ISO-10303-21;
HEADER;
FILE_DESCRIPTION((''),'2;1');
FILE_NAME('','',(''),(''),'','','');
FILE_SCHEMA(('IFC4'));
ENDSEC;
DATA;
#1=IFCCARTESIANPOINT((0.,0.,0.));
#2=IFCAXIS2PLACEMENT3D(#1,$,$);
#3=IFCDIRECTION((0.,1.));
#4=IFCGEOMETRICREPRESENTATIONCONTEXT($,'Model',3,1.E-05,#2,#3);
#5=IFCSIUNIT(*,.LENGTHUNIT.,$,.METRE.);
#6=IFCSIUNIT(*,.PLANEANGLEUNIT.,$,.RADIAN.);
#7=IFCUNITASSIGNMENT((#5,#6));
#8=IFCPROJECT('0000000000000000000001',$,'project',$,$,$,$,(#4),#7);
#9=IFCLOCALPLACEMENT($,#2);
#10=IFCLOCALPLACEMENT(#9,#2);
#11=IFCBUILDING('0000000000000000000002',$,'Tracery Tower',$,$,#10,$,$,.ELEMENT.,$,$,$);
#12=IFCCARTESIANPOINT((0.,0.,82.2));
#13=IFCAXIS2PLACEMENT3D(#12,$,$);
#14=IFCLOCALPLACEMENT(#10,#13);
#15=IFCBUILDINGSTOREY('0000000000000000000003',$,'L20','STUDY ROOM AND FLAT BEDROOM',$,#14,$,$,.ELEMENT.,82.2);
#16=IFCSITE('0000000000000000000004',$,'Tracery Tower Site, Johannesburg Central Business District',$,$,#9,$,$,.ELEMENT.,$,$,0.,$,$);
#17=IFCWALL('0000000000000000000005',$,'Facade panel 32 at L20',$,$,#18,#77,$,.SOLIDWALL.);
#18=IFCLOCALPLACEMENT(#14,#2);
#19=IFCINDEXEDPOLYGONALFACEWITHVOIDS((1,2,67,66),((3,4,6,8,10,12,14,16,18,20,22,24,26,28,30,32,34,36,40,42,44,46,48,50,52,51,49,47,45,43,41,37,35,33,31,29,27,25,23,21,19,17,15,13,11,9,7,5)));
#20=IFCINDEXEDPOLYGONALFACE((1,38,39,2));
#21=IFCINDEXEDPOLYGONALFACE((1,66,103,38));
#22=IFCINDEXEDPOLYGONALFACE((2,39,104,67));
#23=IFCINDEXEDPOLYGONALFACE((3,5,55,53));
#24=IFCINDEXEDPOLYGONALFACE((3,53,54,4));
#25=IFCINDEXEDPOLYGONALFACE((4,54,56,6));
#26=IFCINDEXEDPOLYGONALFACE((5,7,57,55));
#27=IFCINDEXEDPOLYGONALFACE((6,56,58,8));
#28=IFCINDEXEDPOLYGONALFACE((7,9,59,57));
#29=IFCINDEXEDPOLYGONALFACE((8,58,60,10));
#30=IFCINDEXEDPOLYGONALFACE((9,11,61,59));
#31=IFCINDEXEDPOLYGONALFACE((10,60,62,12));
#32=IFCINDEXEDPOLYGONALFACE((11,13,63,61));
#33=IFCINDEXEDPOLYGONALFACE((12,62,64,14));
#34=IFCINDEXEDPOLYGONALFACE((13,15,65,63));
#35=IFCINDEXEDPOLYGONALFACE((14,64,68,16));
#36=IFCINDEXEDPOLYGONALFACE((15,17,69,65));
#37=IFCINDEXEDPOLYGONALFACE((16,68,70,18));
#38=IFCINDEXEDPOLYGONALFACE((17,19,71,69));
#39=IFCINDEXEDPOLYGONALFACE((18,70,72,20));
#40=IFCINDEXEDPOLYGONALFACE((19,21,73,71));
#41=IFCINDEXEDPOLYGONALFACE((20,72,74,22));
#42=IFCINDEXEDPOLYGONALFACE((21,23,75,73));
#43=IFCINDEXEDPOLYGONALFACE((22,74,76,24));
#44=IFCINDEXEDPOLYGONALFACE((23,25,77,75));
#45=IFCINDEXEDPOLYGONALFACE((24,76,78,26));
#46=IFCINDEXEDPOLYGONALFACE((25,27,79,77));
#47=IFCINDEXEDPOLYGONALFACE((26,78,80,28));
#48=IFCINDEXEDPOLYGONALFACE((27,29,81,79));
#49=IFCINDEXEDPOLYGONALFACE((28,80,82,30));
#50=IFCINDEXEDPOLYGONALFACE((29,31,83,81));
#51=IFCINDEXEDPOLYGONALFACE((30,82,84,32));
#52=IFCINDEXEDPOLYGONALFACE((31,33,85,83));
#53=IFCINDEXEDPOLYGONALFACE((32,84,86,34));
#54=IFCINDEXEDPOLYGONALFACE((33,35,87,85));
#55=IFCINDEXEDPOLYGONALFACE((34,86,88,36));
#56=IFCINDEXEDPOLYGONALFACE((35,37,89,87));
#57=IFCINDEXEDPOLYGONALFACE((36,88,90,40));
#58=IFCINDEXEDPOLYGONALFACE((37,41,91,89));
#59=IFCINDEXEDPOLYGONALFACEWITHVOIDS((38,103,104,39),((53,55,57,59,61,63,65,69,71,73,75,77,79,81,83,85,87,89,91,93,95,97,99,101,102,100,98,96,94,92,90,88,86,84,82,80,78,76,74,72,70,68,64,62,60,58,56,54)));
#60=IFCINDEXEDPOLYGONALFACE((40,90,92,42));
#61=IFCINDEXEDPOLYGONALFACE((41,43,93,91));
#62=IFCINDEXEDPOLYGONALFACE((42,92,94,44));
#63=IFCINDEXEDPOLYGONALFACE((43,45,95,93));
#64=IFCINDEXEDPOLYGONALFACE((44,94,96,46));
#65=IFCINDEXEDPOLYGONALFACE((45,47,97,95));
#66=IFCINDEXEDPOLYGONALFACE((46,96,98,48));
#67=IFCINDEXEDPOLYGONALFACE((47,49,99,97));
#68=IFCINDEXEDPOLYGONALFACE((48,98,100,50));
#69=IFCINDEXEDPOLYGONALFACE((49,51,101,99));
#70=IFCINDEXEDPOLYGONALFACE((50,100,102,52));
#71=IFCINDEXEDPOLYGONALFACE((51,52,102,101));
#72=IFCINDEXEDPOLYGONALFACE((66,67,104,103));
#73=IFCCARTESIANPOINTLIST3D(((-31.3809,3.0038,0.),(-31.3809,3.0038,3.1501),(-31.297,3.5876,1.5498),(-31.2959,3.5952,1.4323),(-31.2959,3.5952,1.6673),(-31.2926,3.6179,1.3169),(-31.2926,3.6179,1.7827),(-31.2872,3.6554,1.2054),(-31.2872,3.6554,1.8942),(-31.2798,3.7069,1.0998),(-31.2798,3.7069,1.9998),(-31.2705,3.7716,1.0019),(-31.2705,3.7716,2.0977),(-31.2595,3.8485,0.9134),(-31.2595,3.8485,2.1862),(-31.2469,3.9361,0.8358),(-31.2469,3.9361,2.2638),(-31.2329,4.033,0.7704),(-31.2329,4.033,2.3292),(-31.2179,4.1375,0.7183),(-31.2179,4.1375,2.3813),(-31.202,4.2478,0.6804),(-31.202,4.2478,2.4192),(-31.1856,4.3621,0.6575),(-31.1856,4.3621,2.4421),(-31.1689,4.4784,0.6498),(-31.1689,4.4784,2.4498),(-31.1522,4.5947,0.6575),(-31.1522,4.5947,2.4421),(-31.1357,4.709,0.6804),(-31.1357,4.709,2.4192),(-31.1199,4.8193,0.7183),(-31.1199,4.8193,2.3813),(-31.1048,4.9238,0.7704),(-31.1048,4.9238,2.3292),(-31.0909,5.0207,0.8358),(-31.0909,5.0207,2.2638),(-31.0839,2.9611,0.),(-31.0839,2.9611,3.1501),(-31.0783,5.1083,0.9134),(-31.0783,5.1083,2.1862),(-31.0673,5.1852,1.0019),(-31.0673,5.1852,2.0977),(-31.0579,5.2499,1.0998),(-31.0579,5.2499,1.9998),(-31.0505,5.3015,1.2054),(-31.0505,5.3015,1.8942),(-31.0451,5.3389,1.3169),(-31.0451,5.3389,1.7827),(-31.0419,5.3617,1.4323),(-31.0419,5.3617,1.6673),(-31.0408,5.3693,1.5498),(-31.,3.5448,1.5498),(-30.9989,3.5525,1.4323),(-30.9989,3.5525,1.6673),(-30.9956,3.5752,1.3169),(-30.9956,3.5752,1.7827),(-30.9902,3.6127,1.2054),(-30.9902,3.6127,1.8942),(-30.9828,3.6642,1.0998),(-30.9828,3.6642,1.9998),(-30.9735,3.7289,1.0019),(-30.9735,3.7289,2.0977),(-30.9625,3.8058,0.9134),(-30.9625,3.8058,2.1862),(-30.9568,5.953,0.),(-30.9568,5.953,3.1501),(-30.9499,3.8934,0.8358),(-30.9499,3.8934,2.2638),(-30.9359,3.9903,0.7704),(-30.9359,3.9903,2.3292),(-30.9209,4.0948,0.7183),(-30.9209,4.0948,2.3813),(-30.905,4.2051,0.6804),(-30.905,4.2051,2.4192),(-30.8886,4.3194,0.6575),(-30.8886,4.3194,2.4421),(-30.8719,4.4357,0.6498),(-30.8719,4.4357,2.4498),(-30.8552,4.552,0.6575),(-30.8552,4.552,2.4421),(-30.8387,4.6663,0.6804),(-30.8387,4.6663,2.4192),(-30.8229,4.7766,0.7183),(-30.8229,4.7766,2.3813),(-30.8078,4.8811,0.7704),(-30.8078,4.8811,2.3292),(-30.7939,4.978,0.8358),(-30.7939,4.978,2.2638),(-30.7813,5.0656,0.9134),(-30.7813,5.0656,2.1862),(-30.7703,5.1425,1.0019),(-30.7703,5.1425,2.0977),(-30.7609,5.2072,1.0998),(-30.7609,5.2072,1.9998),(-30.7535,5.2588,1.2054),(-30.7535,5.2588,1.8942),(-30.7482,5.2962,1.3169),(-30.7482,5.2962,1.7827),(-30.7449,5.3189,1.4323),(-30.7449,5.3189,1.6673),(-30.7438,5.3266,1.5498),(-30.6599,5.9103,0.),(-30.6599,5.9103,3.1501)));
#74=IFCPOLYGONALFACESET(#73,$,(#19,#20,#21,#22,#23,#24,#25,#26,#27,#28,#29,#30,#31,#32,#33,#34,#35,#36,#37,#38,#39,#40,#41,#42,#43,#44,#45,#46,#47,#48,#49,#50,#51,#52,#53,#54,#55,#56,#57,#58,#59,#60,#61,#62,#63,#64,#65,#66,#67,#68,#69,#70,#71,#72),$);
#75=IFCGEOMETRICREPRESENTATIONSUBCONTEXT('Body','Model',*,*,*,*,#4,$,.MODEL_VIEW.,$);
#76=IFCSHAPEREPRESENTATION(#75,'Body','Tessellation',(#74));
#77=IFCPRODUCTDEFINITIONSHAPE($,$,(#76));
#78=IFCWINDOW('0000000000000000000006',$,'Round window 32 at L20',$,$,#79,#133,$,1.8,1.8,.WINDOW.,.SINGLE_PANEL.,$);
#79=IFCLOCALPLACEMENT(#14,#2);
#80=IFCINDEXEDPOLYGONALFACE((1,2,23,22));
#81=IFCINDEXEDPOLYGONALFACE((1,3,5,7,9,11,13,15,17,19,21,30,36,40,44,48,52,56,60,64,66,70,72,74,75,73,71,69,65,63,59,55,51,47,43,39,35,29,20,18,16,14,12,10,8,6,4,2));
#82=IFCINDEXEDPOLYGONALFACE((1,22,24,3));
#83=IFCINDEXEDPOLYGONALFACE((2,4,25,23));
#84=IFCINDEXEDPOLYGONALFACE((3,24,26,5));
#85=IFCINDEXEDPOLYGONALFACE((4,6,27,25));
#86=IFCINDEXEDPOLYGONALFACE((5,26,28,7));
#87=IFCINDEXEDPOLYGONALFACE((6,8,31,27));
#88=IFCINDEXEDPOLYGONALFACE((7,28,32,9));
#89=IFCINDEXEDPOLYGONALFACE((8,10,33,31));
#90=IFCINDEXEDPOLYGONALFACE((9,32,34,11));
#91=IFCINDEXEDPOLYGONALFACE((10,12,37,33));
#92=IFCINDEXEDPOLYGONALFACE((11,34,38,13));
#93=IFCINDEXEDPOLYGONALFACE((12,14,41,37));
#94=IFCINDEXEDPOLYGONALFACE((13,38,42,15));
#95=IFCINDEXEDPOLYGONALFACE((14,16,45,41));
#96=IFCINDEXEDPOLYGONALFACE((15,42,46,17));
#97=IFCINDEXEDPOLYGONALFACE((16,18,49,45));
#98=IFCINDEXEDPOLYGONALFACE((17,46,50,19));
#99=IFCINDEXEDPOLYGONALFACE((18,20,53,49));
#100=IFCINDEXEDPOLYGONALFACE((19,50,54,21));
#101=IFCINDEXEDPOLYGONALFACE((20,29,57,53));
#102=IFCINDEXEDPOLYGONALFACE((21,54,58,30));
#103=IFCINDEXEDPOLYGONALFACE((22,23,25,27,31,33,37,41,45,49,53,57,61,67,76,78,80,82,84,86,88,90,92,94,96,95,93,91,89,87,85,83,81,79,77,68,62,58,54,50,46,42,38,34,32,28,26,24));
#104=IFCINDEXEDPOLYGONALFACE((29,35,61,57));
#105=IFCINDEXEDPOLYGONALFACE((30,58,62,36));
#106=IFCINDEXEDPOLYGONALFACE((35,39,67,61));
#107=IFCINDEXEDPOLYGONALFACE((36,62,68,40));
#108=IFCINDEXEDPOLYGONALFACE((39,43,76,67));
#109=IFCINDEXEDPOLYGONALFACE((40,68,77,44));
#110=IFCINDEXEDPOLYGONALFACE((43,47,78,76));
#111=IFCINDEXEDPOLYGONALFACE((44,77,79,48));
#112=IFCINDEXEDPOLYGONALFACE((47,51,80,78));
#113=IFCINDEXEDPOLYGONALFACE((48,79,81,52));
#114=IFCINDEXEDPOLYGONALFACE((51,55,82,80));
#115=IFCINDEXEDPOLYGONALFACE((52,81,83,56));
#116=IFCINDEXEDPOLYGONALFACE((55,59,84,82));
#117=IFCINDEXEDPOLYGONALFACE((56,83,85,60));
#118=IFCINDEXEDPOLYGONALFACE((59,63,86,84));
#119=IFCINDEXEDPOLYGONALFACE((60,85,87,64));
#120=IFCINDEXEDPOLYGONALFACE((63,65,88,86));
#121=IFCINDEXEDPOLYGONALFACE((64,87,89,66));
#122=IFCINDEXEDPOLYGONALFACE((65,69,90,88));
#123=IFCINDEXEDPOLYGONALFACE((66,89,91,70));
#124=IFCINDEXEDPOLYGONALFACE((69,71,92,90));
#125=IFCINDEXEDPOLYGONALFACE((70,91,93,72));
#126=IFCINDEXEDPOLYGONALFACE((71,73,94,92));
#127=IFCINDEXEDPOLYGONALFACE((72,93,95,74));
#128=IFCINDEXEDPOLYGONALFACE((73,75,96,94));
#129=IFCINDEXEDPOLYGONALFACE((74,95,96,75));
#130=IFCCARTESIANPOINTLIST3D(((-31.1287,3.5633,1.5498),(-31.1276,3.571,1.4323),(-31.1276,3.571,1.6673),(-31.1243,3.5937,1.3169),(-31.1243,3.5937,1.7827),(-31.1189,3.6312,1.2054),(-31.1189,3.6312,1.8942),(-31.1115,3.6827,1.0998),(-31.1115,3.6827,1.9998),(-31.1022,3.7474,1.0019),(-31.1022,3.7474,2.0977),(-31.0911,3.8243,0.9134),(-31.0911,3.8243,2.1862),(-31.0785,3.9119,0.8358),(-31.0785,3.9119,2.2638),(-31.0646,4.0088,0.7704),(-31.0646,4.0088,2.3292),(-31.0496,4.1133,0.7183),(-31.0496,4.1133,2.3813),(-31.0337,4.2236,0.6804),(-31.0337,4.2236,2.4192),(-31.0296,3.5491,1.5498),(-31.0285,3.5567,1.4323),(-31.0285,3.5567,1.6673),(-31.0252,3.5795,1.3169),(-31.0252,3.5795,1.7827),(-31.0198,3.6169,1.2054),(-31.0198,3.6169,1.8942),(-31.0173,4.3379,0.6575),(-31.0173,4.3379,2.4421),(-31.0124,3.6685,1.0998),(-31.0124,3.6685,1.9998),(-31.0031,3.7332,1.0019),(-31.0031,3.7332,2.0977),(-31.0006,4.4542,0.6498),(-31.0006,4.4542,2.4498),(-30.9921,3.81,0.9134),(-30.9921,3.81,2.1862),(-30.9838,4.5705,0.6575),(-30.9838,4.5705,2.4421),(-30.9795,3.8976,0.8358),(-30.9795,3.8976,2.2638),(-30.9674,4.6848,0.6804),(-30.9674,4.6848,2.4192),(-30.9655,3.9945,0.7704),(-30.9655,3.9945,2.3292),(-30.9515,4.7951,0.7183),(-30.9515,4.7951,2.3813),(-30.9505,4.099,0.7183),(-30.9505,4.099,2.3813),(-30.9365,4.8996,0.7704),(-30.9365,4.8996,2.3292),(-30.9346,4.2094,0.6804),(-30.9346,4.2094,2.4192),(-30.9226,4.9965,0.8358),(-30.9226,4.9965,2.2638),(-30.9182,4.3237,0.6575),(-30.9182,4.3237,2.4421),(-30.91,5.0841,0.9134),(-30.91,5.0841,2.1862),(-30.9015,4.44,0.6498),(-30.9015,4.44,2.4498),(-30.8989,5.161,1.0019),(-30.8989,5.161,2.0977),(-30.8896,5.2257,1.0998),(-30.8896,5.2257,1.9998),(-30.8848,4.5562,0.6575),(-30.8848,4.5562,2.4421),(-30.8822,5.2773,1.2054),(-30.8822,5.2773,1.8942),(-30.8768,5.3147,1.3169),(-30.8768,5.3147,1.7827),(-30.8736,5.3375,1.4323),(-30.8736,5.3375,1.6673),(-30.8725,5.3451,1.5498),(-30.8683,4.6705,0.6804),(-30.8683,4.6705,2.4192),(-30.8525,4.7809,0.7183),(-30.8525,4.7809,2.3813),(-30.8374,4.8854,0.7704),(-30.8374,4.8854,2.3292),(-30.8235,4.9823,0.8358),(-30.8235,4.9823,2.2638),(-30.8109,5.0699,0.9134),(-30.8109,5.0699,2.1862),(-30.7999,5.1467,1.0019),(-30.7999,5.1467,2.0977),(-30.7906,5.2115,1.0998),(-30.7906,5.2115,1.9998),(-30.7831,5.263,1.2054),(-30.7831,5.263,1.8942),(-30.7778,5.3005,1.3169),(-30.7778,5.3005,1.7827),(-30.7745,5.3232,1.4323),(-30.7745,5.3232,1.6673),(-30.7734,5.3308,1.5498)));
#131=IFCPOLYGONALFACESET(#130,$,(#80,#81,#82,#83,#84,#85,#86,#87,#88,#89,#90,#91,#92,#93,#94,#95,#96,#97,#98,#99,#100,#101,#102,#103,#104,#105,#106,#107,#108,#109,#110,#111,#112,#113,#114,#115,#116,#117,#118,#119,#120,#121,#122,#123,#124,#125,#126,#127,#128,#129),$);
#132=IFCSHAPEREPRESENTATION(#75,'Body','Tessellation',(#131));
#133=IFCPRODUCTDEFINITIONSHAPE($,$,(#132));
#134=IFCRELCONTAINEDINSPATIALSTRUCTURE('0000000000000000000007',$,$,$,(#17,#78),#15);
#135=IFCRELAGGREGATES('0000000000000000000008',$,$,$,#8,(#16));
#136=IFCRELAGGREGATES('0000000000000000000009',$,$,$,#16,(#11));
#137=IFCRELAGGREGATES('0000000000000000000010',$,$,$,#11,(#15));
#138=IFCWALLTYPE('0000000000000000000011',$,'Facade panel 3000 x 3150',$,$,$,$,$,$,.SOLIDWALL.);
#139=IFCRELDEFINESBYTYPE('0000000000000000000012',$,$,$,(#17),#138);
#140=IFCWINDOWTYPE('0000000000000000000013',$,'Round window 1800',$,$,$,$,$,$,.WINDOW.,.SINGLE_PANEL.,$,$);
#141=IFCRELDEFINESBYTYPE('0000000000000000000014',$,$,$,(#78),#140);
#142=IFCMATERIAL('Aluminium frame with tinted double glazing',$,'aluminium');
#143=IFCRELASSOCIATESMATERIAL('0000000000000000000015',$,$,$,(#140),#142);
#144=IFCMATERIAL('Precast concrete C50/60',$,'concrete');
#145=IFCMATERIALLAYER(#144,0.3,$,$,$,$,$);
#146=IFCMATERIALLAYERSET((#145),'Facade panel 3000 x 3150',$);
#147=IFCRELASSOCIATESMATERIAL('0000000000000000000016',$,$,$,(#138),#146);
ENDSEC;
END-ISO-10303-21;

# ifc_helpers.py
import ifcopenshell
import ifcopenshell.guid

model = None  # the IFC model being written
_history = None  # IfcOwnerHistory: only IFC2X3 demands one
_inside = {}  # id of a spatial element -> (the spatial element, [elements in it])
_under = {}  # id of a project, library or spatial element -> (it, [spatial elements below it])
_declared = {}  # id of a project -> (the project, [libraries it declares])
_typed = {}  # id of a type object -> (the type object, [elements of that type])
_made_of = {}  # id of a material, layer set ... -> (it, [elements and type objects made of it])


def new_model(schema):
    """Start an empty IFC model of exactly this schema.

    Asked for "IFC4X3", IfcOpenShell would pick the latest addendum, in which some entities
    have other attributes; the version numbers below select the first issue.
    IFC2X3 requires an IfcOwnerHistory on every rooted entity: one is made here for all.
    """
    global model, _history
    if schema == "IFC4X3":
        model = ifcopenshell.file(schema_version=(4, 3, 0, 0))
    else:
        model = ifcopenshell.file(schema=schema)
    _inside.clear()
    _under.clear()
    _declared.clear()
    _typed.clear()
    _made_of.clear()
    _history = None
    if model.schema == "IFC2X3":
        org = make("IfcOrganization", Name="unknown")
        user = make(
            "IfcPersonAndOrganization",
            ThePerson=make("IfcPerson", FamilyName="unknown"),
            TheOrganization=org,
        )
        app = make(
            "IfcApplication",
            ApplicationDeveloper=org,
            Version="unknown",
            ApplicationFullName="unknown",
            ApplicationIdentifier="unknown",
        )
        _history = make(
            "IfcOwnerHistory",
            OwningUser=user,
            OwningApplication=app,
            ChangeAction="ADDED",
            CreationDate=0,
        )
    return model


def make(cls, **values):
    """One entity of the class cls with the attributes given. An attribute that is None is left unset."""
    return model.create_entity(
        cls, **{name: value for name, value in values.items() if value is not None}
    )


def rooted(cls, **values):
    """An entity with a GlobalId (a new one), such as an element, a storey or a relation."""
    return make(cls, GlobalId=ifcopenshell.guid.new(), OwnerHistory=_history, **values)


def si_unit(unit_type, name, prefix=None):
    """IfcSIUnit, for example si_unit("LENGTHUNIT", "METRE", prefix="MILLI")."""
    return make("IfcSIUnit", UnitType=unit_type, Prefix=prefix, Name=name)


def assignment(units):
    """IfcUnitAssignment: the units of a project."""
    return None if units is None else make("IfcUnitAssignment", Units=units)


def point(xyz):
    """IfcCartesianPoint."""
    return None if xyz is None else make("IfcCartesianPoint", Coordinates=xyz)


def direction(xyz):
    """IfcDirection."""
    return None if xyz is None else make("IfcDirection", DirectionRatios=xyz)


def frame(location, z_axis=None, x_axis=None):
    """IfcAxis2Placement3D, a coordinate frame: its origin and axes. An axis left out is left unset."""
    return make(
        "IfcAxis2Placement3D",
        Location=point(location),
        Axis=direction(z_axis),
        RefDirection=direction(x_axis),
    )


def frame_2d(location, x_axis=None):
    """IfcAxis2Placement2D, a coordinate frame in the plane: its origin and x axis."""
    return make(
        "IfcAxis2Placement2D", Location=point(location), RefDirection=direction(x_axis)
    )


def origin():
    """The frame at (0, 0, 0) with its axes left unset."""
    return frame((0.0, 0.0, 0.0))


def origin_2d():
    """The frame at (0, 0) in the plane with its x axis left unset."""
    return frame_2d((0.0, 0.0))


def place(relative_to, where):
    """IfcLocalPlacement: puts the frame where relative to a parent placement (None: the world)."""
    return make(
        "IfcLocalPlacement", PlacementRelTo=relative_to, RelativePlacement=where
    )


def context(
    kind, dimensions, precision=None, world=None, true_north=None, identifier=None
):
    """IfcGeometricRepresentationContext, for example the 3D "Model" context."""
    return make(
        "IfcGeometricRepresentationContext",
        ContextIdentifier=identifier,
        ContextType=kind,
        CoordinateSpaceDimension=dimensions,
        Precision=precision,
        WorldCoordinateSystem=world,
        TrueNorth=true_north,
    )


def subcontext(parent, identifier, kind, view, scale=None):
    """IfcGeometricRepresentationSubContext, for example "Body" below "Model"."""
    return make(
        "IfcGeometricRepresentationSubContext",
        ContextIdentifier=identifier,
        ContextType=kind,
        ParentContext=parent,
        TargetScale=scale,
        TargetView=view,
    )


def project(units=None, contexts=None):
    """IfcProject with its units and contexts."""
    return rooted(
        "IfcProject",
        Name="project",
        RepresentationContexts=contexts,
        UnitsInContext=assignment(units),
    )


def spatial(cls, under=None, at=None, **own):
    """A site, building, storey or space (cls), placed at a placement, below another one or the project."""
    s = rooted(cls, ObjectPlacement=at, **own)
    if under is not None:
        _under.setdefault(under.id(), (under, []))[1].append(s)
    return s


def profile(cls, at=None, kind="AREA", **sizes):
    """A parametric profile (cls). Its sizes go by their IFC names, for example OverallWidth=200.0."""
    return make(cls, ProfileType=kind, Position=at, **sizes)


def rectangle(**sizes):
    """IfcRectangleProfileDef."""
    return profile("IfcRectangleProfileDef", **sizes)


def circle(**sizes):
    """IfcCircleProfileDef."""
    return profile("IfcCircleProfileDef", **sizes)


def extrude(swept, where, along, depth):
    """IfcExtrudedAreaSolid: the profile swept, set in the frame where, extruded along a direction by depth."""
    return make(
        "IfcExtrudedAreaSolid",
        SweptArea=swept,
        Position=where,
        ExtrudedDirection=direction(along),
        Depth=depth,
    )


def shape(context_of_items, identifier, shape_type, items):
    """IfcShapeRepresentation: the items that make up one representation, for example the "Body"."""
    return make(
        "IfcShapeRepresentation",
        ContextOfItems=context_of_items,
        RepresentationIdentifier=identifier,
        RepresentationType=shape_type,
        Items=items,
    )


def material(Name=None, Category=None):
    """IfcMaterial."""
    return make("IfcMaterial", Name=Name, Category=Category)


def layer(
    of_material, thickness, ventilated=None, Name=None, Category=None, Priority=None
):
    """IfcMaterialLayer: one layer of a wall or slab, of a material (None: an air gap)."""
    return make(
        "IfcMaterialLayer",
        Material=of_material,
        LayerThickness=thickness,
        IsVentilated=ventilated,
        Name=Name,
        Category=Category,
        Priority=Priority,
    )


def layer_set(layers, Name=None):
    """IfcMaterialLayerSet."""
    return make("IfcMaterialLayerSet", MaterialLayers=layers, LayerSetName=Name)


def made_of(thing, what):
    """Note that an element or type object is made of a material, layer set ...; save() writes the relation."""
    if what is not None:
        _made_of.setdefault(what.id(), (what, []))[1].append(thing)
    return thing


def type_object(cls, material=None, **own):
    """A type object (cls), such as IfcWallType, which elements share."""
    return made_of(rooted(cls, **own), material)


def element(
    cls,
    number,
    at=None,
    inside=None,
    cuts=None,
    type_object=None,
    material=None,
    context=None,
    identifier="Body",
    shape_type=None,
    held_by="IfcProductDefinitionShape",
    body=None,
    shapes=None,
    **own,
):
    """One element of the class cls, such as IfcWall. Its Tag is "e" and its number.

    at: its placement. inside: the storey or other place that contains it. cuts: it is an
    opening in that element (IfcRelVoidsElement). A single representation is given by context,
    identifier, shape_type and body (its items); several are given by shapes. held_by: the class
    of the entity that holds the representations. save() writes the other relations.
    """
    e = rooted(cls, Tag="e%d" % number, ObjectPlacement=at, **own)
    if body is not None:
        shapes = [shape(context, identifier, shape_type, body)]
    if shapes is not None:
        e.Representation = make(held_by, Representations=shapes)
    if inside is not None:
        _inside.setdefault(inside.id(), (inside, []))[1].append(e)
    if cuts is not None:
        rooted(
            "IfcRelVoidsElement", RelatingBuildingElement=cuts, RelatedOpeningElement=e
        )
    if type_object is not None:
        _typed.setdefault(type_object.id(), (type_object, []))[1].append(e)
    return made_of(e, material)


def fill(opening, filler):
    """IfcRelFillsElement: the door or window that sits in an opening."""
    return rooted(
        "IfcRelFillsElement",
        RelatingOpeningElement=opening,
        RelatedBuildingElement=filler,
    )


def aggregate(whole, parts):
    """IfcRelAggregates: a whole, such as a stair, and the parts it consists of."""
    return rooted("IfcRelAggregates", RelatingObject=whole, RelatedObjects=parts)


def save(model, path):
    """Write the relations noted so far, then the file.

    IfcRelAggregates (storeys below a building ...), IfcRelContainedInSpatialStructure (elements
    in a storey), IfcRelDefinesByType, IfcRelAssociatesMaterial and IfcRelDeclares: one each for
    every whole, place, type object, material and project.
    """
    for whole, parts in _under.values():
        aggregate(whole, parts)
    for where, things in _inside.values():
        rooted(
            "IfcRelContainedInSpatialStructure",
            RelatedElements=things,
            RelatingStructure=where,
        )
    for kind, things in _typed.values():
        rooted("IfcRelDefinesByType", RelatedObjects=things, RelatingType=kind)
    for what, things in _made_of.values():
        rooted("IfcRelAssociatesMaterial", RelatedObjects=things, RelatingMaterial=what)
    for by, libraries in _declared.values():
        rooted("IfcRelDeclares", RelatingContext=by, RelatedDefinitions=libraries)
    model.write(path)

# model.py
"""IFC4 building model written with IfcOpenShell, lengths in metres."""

from ifc_helpers import new_model, si_unit, direction, frame, frame_2d, origin, origin_2d, place, context, subcontext, project, spatial, rectangle, circle, extrude, material, layer, layer_set, type_object, element, fill, save


model = new_model("IFC4")

# Units and contexts
model_context = context("Model", 3, precision=1e-05, world=origin(), true_north=direction((0.0, 1.0)))
body_context = subcontext(model_context, "Body", "Model", "MODEL_VIEW")
ifc_project = project(units=[si_unit("LENGTHUNIT", "METRE"), si_unit("PLANEANGLEUNIT", "RADIAN")], contexts=[model_context])

# Site, building, storey
site_placement = place(None, origin())
site = spatial("IfcSite", under=ifc_project, at=site_placement, Name="Tracery Tower Site, Johannesburg Central Business District", CompositionType="ELEMENT", RefElevation=0.0)
building_placement = place(site_placement, origin())
building = spatial("IfcBuilding", under=site, at=building_placement, Name="Tracery Tower", CompositionType="ELEMENT")
storey_placement = place(building_placement, frame((0.0, 0.0, 82.2)))
storey = spatial("IfcBuildingStorey", under=building, at=storey_placement, Name="L20", Description="STUDY ROOM AND FLAT BEDROOM", CompositionType="ELEMENT", Elevation=82.2)

# Wall, opening, window
ifc_material_1 = material(Name="Aluminium frame with tinted double glazing", Category="aluminium")
window_type = type_object("IfcWindowType", Name="Round window 1800", PartitioningType="SINGLE_PANEL", PredefinedType="WINDOW", material=ifc_material_1)
ifc_material_2 = material(Name="Precast concrete C50/60", Category="concrete")
ifc_layer_1 = layer(ifc_material_2, 0.3)
ifc_layer_set_1 = layer_set([ifc_layer_1], Name="Facade panel 3000 x 3150")
wall_type_1 = type_object("IfcWallType", Name="Facade panel 3000 x 3150", PredefinedType="SOLIDWALL", material=ifc_layer_set_1)
wall_1_placement = place(storey_placement, frame((-30.8083, 5.9316, 0.0), z_axis=(0.0, 0.0, 1.0), x_axis=(-0.142328, -0.98982, 0.0)))
wall_1 = element("IfcWall", 1, at=wall_1_placement, inside=storey, type_object=wall_type_1, Name="Facade panel 32 at L20", PredefinedType="SOLIDWALL", context=body_context, shape_type="SweptSolid", body=[
    extrude(rectangle(XDim=2.9795, YDim=0.3, at=frame_2d((1.4897, 0.0))), origin(), (0.0, 0.0, 1.0), 3.1501),
])
opening_1_placement = place(wall_1_placement, frame((1.4897, 0.0, 1.5498)))
opening_1 = element("IfcOpeningElement", 2, at=opening_1_placement, cuts=wall_1, PredefinedType="OPENING", context=body_context, shape_type="SweptSolid", body=[
    extrude(circle(Radius=0.9, at=origin_2d()), frame((0.0, 0.1599, 0.0), z_axis=(0.0, -1.0, 0.0), x_axis=(1.0, 0.0, 0.0)), (0.0, 0.0, 1.0), 0.3201),
])
window_1_placement = place(opening_1_placement, origin())
window_1 = element("IfcWindow", 3, at=window_1_placement, inside=storey, type_object=window_type, Name="Round window 32 at L20", OverallHeight=1.8, OverallWidth=1.8, PartitioningType="SINGLE_PANEL", PredefinedType="WINDOW", context=body_context, shape_type="SweptSolid", body=[
    extrude(circle(Radius=0.9, at=origin_2d()), frame((0.0, 0.1201, 0.0), z_axis=(0.0, -1.0, 0.0), x_axis=(1.0, 0.0, 0.0)), (0.0, 0.0, 1.0), 0.1001),
])
fill(opening_1, window_1)

save(model, "model.ifc")
